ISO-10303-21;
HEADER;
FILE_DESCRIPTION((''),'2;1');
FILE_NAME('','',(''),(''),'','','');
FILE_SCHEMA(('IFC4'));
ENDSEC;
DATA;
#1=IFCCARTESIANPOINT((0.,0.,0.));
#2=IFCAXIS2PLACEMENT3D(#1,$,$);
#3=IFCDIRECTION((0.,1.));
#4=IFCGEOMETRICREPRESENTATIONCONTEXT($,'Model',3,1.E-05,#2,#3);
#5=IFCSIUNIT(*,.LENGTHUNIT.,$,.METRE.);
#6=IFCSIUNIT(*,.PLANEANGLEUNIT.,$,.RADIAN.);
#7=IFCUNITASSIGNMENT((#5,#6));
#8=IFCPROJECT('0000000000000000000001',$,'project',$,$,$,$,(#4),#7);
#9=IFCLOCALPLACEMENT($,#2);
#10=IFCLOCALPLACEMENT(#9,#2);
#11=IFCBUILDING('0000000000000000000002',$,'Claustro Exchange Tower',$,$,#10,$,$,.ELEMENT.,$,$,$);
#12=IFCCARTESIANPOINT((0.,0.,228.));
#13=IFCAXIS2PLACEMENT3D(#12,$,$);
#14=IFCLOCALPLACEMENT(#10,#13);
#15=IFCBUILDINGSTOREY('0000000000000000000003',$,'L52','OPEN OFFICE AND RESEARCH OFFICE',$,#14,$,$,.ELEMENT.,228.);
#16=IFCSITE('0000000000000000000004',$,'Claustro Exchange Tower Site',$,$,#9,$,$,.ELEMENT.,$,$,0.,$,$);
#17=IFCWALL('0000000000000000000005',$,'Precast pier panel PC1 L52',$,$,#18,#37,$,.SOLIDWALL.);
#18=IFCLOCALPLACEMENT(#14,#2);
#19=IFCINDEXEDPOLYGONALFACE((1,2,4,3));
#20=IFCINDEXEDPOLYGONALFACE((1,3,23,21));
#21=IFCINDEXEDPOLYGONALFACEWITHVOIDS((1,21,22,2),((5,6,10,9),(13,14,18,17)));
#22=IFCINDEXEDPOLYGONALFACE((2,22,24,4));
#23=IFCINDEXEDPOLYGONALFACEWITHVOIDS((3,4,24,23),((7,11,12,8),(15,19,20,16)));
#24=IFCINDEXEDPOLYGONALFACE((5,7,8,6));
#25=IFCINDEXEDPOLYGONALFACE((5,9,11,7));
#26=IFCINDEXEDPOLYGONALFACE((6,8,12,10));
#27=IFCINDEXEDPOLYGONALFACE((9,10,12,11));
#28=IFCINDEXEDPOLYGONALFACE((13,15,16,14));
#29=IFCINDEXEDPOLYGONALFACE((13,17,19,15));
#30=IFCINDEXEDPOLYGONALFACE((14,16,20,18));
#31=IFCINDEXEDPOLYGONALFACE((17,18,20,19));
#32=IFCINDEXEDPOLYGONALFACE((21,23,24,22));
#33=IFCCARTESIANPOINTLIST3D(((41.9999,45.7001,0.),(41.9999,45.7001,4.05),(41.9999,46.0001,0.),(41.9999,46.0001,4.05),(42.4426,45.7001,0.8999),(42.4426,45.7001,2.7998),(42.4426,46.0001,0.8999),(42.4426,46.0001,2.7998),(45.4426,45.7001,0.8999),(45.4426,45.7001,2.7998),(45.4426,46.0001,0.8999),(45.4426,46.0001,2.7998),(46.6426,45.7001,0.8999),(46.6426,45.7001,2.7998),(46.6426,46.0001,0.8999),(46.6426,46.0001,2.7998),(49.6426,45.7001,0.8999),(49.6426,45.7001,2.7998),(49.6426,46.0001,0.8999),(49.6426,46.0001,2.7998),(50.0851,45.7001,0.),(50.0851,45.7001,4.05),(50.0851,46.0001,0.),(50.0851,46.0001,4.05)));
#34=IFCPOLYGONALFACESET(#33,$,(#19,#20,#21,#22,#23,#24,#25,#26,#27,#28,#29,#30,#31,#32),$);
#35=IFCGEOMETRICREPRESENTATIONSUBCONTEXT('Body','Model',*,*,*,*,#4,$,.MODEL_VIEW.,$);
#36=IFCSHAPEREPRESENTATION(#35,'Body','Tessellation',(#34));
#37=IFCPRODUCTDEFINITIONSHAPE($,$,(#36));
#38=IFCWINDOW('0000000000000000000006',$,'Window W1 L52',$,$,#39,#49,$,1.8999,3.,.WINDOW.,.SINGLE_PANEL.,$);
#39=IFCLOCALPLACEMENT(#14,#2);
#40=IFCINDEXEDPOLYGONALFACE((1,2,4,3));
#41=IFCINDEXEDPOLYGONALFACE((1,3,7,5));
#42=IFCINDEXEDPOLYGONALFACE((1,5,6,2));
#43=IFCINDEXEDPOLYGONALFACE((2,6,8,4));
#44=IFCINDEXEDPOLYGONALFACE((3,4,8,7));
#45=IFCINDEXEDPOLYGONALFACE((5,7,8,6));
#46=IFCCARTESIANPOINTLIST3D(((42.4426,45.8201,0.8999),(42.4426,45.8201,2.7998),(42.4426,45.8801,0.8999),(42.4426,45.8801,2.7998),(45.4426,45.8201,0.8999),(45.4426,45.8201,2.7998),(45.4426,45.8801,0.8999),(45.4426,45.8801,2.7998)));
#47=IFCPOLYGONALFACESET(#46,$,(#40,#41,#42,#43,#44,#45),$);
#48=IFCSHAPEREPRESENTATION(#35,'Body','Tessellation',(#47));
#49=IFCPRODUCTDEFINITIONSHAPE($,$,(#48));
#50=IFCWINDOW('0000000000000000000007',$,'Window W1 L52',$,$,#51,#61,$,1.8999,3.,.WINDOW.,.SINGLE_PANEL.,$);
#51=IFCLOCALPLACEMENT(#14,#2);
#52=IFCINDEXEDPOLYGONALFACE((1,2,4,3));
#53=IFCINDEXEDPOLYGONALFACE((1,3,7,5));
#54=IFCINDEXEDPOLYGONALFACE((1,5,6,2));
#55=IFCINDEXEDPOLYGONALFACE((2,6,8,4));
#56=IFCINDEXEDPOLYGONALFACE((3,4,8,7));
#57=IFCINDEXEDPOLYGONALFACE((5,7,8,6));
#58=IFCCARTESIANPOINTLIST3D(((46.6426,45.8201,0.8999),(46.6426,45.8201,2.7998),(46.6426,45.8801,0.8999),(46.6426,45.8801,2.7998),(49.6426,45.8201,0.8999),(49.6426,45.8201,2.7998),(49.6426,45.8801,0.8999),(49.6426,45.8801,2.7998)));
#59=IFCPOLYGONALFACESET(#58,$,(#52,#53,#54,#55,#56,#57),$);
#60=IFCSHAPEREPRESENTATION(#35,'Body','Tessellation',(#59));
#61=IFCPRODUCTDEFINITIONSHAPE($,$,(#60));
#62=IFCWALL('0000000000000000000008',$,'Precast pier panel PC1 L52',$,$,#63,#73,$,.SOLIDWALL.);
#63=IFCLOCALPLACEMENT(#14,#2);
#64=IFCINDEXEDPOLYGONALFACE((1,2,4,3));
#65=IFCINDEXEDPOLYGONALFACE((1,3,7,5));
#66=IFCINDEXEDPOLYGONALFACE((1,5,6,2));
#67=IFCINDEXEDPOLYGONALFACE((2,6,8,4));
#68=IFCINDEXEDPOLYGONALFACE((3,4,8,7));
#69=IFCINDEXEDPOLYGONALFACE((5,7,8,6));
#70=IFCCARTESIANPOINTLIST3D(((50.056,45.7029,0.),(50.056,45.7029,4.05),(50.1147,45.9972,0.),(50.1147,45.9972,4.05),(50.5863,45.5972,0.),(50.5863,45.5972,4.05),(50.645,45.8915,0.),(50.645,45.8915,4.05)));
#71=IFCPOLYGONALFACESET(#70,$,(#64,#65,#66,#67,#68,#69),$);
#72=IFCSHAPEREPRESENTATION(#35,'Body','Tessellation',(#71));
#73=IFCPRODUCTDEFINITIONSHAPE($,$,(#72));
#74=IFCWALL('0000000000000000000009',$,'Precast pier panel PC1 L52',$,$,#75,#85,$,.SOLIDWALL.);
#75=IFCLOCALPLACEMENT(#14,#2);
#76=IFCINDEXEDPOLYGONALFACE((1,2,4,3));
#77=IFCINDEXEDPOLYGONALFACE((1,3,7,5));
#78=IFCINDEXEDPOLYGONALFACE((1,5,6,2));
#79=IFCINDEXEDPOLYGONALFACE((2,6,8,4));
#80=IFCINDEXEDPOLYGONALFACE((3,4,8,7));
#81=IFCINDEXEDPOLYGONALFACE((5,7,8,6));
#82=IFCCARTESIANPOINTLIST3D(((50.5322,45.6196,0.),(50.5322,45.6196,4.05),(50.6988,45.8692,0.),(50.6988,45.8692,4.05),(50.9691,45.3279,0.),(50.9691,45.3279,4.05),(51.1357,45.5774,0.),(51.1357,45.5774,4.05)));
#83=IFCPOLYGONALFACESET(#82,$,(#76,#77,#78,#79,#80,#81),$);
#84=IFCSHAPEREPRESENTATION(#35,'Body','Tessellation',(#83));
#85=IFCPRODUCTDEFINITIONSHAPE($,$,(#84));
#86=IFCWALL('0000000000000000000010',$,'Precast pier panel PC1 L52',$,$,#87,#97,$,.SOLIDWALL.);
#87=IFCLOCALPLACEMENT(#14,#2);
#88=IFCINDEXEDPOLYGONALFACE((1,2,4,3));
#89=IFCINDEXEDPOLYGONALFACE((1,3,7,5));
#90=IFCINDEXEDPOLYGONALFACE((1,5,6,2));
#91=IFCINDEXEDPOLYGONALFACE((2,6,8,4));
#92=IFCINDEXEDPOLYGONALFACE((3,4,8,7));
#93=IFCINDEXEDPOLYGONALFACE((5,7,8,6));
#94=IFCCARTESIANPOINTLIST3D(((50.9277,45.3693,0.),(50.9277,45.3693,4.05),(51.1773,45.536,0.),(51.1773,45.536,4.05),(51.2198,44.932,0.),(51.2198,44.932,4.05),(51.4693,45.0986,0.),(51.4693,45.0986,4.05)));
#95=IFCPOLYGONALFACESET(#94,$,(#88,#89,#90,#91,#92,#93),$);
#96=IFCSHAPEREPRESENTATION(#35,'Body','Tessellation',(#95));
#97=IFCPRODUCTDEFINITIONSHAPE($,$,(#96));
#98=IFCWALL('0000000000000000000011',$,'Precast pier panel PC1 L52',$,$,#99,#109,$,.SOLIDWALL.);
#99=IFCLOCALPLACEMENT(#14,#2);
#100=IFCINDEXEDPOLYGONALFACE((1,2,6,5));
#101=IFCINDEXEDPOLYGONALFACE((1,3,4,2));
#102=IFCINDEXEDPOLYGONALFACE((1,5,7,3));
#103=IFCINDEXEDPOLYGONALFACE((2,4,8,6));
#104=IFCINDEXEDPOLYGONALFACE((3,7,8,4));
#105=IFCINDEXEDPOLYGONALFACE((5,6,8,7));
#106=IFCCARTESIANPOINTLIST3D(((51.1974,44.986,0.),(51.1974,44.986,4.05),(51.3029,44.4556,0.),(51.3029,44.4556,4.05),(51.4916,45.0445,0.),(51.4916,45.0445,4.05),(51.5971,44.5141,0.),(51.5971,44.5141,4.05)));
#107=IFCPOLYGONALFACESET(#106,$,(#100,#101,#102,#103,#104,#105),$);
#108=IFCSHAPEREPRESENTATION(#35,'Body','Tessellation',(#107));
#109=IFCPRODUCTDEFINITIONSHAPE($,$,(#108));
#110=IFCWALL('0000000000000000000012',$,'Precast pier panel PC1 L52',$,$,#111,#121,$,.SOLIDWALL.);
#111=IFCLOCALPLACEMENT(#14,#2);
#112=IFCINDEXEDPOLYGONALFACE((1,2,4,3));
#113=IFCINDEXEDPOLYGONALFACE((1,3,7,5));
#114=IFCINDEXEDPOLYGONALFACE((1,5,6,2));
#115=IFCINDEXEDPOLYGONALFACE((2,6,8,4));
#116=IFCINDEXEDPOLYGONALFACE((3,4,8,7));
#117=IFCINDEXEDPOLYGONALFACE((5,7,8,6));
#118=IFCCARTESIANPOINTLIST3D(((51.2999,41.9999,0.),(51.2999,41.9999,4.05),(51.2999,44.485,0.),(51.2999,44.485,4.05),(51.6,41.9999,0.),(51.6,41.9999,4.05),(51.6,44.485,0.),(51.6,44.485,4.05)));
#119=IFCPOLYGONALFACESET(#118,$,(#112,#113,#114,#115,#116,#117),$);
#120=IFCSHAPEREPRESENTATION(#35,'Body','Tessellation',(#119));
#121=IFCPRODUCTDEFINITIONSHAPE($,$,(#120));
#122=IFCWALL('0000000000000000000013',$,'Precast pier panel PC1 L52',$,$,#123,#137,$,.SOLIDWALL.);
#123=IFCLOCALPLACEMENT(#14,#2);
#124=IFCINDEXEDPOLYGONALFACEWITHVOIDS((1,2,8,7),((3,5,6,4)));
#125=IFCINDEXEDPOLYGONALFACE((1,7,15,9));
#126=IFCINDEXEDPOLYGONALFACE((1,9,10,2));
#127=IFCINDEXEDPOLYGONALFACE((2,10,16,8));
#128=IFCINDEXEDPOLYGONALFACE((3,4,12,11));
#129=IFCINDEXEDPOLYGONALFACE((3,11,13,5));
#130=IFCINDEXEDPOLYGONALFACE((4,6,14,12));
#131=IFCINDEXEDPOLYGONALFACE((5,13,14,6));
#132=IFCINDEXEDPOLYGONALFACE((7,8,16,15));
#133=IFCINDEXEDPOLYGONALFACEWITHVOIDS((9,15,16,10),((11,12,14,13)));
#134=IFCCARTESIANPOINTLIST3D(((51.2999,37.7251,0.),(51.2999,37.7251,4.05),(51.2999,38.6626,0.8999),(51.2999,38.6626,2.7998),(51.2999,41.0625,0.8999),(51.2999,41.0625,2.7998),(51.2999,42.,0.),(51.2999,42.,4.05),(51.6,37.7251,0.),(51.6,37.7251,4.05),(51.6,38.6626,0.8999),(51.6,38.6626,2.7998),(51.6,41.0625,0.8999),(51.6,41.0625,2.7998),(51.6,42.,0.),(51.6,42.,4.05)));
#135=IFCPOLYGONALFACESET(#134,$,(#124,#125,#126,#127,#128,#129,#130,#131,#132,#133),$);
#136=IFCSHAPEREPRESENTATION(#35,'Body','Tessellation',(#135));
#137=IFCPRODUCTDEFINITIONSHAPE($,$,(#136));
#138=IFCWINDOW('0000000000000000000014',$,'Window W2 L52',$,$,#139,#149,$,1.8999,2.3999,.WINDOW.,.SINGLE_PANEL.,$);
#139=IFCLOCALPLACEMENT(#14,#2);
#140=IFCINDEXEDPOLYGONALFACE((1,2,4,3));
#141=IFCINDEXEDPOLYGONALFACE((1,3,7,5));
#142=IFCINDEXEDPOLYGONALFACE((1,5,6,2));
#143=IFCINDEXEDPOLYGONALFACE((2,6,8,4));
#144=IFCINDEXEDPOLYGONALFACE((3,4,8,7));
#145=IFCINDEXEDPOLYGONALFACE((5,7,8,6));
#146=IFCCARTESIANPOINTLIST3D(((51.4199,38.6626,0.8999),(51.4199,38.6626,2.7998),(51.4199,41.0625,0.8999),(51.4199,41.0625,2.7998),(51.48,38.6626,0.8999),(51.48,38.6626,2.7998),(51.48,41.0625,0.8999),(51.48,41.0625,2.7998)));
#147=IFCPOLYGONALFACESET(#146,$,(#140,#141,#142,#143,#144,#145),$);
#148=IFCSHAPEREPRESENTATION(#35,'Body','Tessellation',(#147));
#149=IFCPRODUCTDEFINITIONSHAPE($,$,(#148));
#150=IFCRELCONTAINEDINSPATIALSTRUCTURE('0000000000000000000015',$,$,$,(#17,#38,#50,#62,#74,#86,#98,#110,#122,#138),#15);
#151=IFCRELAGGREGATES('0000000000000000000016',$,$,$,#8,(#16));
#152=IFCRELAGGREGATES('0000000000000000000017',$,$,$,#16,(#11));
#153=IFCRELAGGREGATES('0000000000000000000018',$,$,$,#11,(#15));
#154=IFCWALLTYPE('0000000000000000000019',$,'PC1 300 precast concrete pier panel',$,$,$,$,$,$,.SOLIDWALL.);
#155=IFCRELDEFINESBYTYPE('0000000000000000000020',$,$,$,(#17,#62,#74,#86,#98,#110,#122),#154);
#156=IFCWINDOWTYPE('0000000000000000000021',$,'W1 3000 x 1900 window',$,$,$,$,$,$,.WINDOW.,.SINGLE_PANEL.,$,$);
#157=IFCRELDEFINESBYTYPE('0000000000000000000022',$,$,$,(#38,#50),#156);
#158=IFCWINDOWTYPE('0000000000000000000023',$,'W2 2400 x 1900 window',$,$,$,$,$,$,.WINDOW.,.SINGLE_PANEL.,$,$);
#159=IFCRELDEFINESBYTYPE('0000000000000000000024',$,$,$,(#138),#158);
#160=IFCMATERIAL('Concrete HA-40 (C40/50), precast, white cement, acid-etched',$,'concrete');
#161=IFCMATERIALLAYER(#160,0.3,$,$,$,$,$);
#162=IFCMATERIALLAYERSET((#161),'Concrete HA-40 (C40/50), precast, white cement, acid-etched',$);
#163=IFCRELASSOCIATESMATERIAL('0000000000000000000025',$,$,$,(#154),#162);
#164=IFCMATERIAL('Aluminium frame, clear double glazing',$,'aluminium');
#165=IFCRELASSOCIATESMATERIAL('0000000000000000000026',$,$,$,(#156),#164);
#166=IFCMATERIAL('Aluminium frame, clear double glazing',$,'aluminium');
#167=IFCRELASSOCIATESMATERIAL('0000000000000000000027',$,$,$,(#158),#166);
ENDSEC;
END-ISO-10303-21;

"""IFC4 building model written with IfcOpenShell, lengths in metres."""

from ifc_helpers import new_model, si_unit, direction, frame, frame_2d, origin, place, context, subcontext, project, spatial, rectangle, extrude, material, layer, layer_set, type_object, element, fill, save


model = new_model("IFC4")

# Units and contexts
model_context = context("Model", 3, precision=1e-05, world=origin(), true_north=direction((0.0, 1.0)))
body_context = subcontext(model_context, "Body", "Model", "MODEL_VIEW")
ifc_project = project(units=[si_unit("LENGTHUNIT", "METRE"), si_unit("PLANEANGLEUNIT", "RADIAN")], contexts=[model_context])

# Site, building, storey
site_placement = place(None, origin())
site = spatial("IfcSite", under=ifc_project, at=site_placement, Name="Claustro Exchange Tower Site", CompositionType="ELEMENT", RefElevation=0.0)
building_placement = place(site_placement, origin())
building = spatial("IfcBuilding", under=site, at=building_placement, Name="Claustro Exchange Tower", CompositionType="ELEMENT")
storey_placement = place(building_placement, frame((0.0, 0.0, 228.0)))
storey = spatial("IfcBuildingStorey", under=building, at=storey_placement, Name="L52", Description="OPEN OFFICE AND RESEARCH OFFICE", CompositionType="ELEMENT", Elevation=228.0)

# Wall, openings, windows
ifc_material_1 = material(Name="Concrete HA-40 (C40/50), precast, white cement, acid-etched", Category="concrete")
ifc_layer_1 = layer(ifc_material_1, 0.3)
ifc_layer_set_1 = layer_set([ifc_layer_1], Name="Concrete HA-40 (C40/50), precast, white cement, acid-etched")
wall_type_1 = type_object("IfcWallType", Name="PC1 300 precast concrete pier panel", PredefinedType="SOLIDWALL", material=ifc_layer_set_1)
wall_1_placement = place(storey_placement, frame((42.0, 45.8501, 0.0), z_axis=(0.0, 0.0, 1.0), x_axis=(1.0, 0.0, 0.0)))
wall_1 = element("IfcWall", 1, at=wall_1_placement, inside=storey, type_object=wall_type_1, Name="Precast pier panel PC1 L52", PredefinedType="SOLIDWALL", context=body_context, shape_type="SweptSolid", body=[
    extrude(rectangle(XDim=8.0852, YDim=0.3, at=frame_2d((4.0425, 0.0))), origin(), (0.0, 0.0, 1.0), 4.05),
])
opening_1_placement = place(wall_1_placement, frame((0.4426, 0.0, 0.8999)))
opening_1 = element("IfcOpeningElement", 2, at=opening_1_placement, cuts=wall_1, PredefinedType="OPENING", context=body_context, shape_type="SweptSolid", body=[
    extrude(rectangle(XDim=3.0, YDim=1.8999, at=frame_2d((1.5, 0.95))), frame((0.0, 0.1599, 0.0), z_axis=(0.0, -1.0, 0.0), x_axis=(1.0, 0.0, 0.0)), (0.0, 0.0, 1.0), 0.3201),
])
opening_2_placement = place(wall_1_placement, frame((4.6426, 0.0, 0.8999)))
opening_2 = element("IfcOpeningElement", 3, at=opening_2_placement, cuts=wall_1, PredefinedType="OPENING", context=body_context, shape_type="SweptSolid", body=[
    extrude(rectangle(XDim=3.0, YDim=1.8999, at=frame_2d((1.5, 0.95))), frame((0.0, 0.1599, 0.0), z_axis=(0.0, -1.0, 0.0), x_axis=(1.0, 0.0, 0.0)), (0.0, 0.0, 1.0), 0.3201),
])
ifc_material_2 = material(Name="Aluminium frame, clear double glazing", Category="aluminium")
window_type_1 = type_object("IfcWindowType", Name="W1 3000 x 1900 window", PartitioningType="SINGLE_PANEL", PredefinedType="WINDOW", material=ifc_material_2)
window_1_placement = place(opening_1_placement, origin())
window_1 = element("IfcWindow", 4, at=window_1_placement, inside=storey, type_object=window_type_1, Name="Window W1 L52", OverallHeight=1.8999, OverallWidth=3.0, PartitioningType="SINGLE_PANEL", PredefinedType="WINDOW", context=body_context, shape_type="SweptSolid", body=[
    extrude(rectangle(XDim=3.0, YDim=1.8999, at=frame_2d((1.5, 0.95))), frame((0.0, 0.03, 0.0), z_axis=(0.0, -1.0, 0.0), x_axis=(1.0, 0.0, 0.0)), (0.0, 0.0, 1.0), 0.0601),
])
fill(opening_1, window_1)
window_2_placement = place(opening_2_placement, origin())
window_2 = element("IfcWindow", 5, at=window_2_placement, inside=storey, type_object=window_type_1, Name="Window W1 L52", OverallHeight=1.8999, OverallWidth=3.0, PartitioningType="SINGLE_PANEL", PredefinedType="WINDOW", context=body_context, shape_type="SweptSolid", body=[
    extrude(rectangle(XDim=3.0, YDim=1.8999, at=frame_2d((1.5, 0.95))), frame((0.0, 0.03, 0.0), z_axis=(0.0, -1.0, 0.0), x_axis=(1.0, 0.0, 0.0)), (0.0, 0.0, 1.0), 0.0601),
])
fill(opening_2, window_2)

# Walls
wall_2_placement = place(storey_placement, frame((50.0852, 45.8501, 0.0), z_axis=(0.0, 0.0, 1.0), x_axis=(0.980702, -0.195508, 0.0)))
element("IfcWall", 6, at=wall_2_placement, inside=storey, type_object=wall_type_1, Name="Precast pier panel PC1 L52", PredefinedType="SOLIDWALL", context=body_context, shape_type="SweptSolid", body=[
    extrude(rectangle(XDim=0.5408, YDim=0.3, at=frame_2d((0.2705, 0.0))), origin(), (0.0, 0.0, 1.0), 4.05),
])
wall_3_placement = place(storey_placement, frame((50.6155, 45.7444, 0.0), z_axis=(0.0, 0.0, 1.0), x_axis=(0.831693, -0.555236, 0.0)))
element("IfcWall", 7, at=wall_3_placement, inside=storey, type_object=wall_type_1, Name="Precast pier panel PC1 L52", PredefinedType="SOLIDWALL", context=body_context, shape_type="SweptSolid", body=[
    extrude(rectangle(XDim=0.5254, YDim=0.3, at=frame_2d((0.2627, 0.0))), origin(), (0.0, 0.0, 1.0), 4.05),
])
wall_4_placement = place(storey_placement, frame((51.0525, 45.4526, 0.0), z_axis=(0.0, 0.0, 1.0), x_axis=(0.555343, -0.831621, 0.0)))
element("IfcWall", 8, at=wall_4_placement, inside=storey, type_object=wall_type_1, Name="Precast pier panel PC1 L52", PredefinedType="SOLIDWALL", context=body_context, shape_type="SweptSolid", body=[
    extrude(rectangle(XDim=0.5259, YDim=0.3, at=frame_2d((0.2629, 0.0))), origin(), (0.0, 0.0, 1.0), 4.05),
])
wall_5_placement = place(storey_placement, frame((51.3445, 45.0154, 0.0), z_axis=(0.0, 0.0, 1.0), x_axis=(0.195074, -0.980789, 0.0)))
element("IfcWall", 9, at=wall_5_placement, inside=storey, type_object=wall_type_1, Name="Precast pier panel PC1 L52", PredefinedType="SOLIDWALL", context=body_context, shape_type="SweptSolid", body=[
    extrude(rectangle(XDim=0.5408, YDim=0.3, at=frame_2d((0.2705, 0.0))), origin(), (0.0, 0.0, 1.0), 4.05),
])
wall_6_placement = place(storey_placement, frame((51.45, 44.4851, 0.0), z_axis=(0.0, 0.0, 1.0), x_axis=(0.0, -1.0, 0.0)))
element("IfcWall", 10, at=wall_6_placement, inside=storey, type_object=wall_type_1, Name="Precast pier panel PC1 L52", PredefinedType="SOLIDWALL", context=body_context, shape_type="SweptSolid", body=[
    extrude(rectangle(XDim=2.4851, YDim=0.3, at=frame_2d((1.2427, 0.0))), origin(), (0.0, 0.0, 1.0), 4.05),
])

# Wall, opening, window
wall_7_placement = place(storey_placement, frame((51.45, 42.0, 0.0), z_axis=(0.0, 0.0, 1.0), x_axis=(0.0, -1.0, 0.0)))
wall_7 = element("IfcWall", 11, at=wall_7_placement, inside=storey, type_object=wall_type_1, Name="Precast pier panel PC1 L52", PredefinedType="SOLIDWALL", context=body_context, shape_type="SweptSolid", body=[
    extrude(rectangle(XDim=4.2749, YDim=0.3, at=frame_2d((2.1375, 0.0))), origin(), (0.0, 0.0, 1.0), 4.05),
])
opening_3_placement = place(wall_7_placement, frame((0.9375, 0.0, 0.8999)))
opening_3 = element("IfcOpeningElement", 12, at=opening_3_placement, cuts=wall_7, PredefinedType="OPENING", context=body_context, shape_type="SweptSolid", body=[
    extrude(rectangle(XDim=2.3999, YDim=1.8999, at=frame_2d((1.2, 0.95))), frame((0.0, 0.1599, 0.0), z_axis=(0.0, -1.0, 0.0), x_axis=(1.0, 0.0, 0.0)), (0.0, 0.0, 1.0), 0.3201),
])
ifc_material_3 = material(Name="Aluminium frame, clear double glazing", Category="aluminium")
window_type_2 = type_object("IfcWindowType", Name="W2 2400 x 1900 window", PartitioningType="SINGLE_PANEL", PredefinedType="WINDOW", material=ifc_material_3)
window_3_placement = place(opening_3_placement, origin())
window_3 = element("IfcWindow", 13, at=window_3_placement, inside=storey, type_object=window_type_2, Name="Window W2 L52", OverallHeight=1.8999, OverallWidth=2.3999, PartitioningType="SINGLE_PANEL", PredefinedType="WINDOW", context=body_context, shape_type="SweptSolid", body=[
    extrude(rectangle(XDim=2.3999, YDim=1.8999, at=frame_2d((1.2, 0.95))), frame((0.0, 0.03, 0.0), z_axis=(0.0, -1.0, 0.0), x_axis=(1.0, 0.0, 0.0)), (0.0, 0.0, 1.0), 0.0601),
])
fill(opening_3, window_3)

save(model, "model.ifc")
